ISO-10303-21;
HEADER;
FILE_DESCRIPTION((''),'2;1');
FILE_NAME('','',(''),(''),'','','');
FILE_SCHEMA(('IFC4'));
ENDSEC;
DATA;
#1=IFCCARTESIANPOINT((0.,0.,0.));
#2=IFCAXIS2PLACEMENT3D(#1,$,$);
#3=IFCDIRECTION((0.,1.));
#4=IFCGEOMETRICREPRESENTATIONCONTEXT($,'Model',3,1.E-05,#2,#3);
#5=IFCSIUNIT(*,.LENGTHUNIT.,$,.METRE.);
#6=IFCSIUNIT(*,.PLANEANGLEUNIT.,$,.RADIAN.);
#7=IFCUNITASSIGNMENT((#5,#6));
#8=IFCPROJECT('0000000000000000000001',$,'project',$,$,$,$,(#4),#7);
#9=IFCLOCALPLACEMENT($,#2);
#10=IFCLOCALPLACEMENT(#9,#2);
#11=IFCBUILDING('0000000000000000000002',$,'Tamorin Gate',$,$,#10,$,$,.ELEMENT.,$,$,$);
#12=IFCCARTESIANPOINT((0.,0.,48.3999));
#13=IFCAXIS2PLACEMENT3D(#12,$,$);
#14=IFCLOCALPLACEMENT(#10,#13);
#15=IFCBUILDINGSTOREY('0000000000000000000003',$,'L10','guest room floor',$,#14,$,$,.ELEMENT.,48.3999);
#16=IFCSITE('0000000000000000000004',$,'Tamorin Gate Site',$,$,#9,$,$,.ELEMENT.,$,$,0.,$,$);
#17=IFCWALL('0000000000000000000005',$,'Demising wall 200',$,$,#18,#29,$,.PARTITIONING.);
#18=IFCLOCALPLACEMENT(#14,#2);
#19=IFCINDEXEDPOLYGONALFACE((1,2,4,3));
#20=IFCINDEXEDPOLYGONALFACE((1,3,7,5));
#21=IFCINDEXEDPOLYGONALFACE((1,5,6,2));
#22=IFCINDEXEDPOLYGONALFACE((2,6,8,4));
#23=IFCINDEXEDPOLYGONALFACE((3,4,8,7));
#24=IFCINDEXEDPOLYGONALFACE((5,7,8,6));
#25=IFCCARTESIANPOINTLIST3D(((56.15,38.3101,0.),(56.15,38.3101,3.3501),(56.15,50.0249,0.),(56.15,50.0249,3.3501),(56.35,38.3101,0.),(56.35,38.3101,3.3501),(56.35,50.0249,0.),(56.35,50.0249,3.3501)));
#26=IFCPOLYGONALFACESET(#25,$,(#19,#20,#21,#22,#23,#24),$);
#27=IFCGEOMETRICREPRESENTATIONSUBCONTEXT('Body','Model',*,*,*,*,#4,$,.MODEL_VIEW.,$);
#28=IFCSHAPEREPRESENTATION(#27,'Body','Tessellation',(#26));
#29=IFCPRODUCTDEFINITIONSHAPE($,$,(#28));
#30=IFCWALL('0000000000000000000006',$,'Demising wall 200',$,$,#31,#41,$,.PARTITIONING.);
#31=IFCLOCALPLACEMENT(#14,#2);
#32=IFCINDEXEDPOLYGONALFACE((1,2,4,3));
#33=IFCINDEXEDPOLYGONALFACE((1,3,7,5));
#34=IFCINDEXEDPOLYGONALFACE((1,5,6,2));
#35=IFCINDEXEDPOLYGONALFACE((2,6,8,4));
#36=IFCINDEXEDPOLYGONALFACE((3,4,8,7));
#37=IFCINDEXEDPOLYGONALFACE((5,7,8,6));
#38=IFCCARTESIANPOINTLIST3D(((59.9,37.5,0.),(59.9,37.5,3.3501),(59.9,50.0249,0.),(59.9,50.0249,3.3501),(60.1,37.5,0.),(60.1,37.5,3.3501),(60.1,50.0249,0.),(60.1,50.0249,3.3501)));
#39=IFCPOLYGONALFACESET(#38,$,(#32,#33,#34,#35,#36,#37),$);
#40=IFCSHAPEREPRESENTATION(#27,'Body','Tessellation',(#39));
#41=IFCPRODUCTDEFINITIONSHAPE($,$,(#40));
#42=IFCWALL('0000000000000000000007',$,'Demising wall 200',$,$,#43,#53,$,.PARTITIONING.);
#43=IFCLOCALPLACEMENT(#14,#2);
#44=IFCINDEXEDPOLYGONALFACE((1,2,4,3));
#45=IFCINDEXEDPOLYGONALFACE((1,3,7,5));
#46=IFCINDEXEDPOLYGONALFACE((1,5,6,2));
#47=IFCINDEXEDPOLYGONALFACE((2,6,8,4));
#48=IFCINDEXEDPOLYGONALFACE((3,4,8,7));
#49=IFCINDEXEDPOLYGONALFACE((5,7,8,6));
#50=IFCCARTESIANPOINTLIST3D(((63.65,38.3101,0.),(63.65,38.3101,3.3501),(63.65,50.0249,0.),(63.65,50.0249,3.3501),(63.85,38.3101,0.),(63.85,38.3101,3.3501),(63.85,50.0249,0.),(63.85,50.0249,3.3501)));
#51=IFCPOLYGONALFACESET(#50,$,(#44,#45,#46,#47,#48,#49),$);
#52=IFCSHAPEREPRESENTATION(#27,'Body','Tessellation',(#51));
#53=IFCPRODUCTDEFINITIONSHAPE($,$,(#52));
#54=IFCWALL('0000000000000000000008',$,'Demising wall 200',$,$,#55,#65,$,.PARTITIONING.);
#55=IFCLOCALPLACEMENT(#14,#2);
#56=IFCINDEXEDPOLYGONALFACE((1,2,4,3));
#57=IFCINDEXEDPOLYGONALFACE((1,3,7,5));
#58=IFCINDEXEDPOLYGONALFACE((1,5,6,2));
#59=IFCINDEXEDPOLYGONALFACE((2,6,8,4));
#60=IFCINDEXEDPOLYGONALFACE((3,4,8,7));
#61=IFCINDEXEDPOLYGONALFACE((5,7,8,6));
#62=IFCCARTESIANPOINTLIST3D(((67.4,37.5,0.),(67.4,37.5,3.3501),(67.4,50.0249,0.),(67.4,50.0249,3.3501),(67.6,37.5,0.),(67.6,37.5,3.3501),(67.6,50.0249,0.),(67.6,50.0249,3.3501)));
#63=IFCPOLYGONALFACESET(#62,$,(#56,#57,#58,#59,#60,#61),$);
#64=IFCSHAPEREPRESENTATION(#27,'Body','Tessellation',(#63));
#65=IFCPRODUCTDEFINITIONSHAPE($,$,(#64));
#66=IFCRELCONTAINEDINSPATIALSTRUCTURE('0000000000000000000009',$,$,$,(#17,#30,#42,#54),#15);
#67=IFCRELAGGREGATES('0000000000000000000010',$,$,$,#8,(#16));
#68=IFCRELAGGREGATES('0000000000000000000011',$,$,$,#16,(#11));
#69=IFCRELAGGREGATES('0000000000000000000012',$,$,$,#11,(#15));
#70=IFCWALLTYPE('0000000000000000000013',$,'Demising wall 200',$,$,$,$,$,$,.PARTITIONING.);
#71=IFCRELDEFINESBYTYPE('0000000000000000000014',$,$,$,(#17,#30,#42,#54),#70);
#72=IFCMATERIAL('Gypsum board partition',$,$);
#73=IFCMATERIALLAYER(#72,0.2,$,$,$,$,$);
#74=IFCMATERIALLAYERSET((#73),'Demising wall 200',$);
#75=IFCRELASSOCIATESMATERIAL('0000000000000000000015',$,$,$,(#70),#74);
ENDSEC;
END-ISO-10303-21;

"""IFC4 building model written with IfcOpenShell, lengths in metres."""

from ifc_helpers import new_model, si_unit, direction, frame, frame_2d, origin, place, context, subcontext, project, spatial, rectangle, extrude, material, layer, layer_set, type_object, element, save


model = new_model("IFC4")

# Units and contexts
model_context = context("Model", 3, precision=1e-05, world=origin(), true_north=direction((0.0, 1.0)))
body_context = subcontext(model_context, "Body", "Model", "MODEL_VIEW")
ifc_project = project(units=[si_unit("LENGTHUNIT", "METRE"), si_unit("PLANEANGLEUNIT", "RADIAN")], contexts=[model_context])

# Site, building, storey
site_placement = place(None, origin())
site = spatial("IfcSite", under=ifc_project, at=site_placement, Name="Tamorin Gate Site", CompositionType="ELEMENT", RefElevation=0.0)
building_placement = place(site_placement, origin())
building = spatial("IfcBuilding", under=site, at=building_placement, Name="Tamorin Gate", CompositionType="ELEMENT")
storey_placement = place(building_placement, frame((0.0, 0.0, 48.3999)))
storey = spatial("IfcBuildingStorey", under=building, at=storey_placement, Name="L10", Description="guest room floor", CompositionType="ELEMENT", Elevation=48.3999)

# Walls
ifc_material_1 = material(Name="Gypsum board partition")
ifc_layer_1 = layer(ifc_material_1, 0.2)
ifc_layer_set_1 = layer_set([ifc_layer_1], Name="Demising wall 200")
wall_type_1 = type_object("IfcWallType", Name="Demising wall 200", PredefinedType="PARTITIONING", material=ifc_layer_set_1)
wall_1_placement = place(storey_placement, frame((56.25, 38.3101, 0.0), z_axis=(0.0, 0.0, 1.0), x_axis=(0.0, 1.0, 0.0)))
element("IfcWall", 1, at=wall_1_placement, inside=storey, type_object=wall_type_1, Name="Demising wall 200", PredefinedType="PARTITIONING", context=body_context, shape_type="SweptSolid", body=[
    extrude(rectangle(XDim=11.7148, YDim=0.2, at=frame_2d((5.8574, 0.0))), origin(), (0.0, 0.0, 1.0), 3.3501),
])
wall_2_placement = place(storey_placement, frame((60.0, 37.5, 0.0), z_axis=(0.0, 0.0, 1.0), x_axis=(0.0, 1.0, 0.0)))
element("IfcWall", 2, at=wall_2_placement, inside=storey, type_object=wall_type_1, Name="Demising wall 200", PredefinedType="PARTITIONING", context=body_context, shape_type="SweptSolid", body=[
    extrude(rectangle(XDim=12.5249, YDim=0.2, at=frame_2d((6.2625, 0.0))), origin(), (0.0, 0.0, 1.0), 3.3501),
])
wall_3_placement = place(storey_placement, frame((63.75, 38.3101, 0.0), z_axis=(0.0, 0.0, 1.0), x_axis=(0.0, 1.0, 0.0)))
element("IfcWall", 3, at=wall_3_placement, inside=storey, type_object=wall_type_1, Name="Demising wall 200", PredefinedType="PARTITIONING", context=body_context, shape_type="SweptSolid", body=[
    extrude(rectangle(XDim=11.7148, YDim=0.2, at=frame_2d((5.8574, 0.0))), origin(), (0.0, 0.0, 1.0), 3.3501),
])
wall_4_placement = place(storey_placement, frame((67.5, 37.5, 0.0), z_axis=(0.0, 0.0, 1.0), x_axis=(0.0, 1.0, 0.0)))
element("IfcWall", 4, at=wall_4_placement, inside=storey, type_object=wall_type_1, Name="Demising wall 200", PredefinedType="PARTITIONING", context=body_context, shape_type="SweptSolid", body=[
    extrude(rectangle(XDim=12.5249, YDim=0.2, at=frame_2d((6.2625, 0.0))), origin(), (0.0, 0.0, 1.0), 3.3501),
])

save(model, "model.ifc")
